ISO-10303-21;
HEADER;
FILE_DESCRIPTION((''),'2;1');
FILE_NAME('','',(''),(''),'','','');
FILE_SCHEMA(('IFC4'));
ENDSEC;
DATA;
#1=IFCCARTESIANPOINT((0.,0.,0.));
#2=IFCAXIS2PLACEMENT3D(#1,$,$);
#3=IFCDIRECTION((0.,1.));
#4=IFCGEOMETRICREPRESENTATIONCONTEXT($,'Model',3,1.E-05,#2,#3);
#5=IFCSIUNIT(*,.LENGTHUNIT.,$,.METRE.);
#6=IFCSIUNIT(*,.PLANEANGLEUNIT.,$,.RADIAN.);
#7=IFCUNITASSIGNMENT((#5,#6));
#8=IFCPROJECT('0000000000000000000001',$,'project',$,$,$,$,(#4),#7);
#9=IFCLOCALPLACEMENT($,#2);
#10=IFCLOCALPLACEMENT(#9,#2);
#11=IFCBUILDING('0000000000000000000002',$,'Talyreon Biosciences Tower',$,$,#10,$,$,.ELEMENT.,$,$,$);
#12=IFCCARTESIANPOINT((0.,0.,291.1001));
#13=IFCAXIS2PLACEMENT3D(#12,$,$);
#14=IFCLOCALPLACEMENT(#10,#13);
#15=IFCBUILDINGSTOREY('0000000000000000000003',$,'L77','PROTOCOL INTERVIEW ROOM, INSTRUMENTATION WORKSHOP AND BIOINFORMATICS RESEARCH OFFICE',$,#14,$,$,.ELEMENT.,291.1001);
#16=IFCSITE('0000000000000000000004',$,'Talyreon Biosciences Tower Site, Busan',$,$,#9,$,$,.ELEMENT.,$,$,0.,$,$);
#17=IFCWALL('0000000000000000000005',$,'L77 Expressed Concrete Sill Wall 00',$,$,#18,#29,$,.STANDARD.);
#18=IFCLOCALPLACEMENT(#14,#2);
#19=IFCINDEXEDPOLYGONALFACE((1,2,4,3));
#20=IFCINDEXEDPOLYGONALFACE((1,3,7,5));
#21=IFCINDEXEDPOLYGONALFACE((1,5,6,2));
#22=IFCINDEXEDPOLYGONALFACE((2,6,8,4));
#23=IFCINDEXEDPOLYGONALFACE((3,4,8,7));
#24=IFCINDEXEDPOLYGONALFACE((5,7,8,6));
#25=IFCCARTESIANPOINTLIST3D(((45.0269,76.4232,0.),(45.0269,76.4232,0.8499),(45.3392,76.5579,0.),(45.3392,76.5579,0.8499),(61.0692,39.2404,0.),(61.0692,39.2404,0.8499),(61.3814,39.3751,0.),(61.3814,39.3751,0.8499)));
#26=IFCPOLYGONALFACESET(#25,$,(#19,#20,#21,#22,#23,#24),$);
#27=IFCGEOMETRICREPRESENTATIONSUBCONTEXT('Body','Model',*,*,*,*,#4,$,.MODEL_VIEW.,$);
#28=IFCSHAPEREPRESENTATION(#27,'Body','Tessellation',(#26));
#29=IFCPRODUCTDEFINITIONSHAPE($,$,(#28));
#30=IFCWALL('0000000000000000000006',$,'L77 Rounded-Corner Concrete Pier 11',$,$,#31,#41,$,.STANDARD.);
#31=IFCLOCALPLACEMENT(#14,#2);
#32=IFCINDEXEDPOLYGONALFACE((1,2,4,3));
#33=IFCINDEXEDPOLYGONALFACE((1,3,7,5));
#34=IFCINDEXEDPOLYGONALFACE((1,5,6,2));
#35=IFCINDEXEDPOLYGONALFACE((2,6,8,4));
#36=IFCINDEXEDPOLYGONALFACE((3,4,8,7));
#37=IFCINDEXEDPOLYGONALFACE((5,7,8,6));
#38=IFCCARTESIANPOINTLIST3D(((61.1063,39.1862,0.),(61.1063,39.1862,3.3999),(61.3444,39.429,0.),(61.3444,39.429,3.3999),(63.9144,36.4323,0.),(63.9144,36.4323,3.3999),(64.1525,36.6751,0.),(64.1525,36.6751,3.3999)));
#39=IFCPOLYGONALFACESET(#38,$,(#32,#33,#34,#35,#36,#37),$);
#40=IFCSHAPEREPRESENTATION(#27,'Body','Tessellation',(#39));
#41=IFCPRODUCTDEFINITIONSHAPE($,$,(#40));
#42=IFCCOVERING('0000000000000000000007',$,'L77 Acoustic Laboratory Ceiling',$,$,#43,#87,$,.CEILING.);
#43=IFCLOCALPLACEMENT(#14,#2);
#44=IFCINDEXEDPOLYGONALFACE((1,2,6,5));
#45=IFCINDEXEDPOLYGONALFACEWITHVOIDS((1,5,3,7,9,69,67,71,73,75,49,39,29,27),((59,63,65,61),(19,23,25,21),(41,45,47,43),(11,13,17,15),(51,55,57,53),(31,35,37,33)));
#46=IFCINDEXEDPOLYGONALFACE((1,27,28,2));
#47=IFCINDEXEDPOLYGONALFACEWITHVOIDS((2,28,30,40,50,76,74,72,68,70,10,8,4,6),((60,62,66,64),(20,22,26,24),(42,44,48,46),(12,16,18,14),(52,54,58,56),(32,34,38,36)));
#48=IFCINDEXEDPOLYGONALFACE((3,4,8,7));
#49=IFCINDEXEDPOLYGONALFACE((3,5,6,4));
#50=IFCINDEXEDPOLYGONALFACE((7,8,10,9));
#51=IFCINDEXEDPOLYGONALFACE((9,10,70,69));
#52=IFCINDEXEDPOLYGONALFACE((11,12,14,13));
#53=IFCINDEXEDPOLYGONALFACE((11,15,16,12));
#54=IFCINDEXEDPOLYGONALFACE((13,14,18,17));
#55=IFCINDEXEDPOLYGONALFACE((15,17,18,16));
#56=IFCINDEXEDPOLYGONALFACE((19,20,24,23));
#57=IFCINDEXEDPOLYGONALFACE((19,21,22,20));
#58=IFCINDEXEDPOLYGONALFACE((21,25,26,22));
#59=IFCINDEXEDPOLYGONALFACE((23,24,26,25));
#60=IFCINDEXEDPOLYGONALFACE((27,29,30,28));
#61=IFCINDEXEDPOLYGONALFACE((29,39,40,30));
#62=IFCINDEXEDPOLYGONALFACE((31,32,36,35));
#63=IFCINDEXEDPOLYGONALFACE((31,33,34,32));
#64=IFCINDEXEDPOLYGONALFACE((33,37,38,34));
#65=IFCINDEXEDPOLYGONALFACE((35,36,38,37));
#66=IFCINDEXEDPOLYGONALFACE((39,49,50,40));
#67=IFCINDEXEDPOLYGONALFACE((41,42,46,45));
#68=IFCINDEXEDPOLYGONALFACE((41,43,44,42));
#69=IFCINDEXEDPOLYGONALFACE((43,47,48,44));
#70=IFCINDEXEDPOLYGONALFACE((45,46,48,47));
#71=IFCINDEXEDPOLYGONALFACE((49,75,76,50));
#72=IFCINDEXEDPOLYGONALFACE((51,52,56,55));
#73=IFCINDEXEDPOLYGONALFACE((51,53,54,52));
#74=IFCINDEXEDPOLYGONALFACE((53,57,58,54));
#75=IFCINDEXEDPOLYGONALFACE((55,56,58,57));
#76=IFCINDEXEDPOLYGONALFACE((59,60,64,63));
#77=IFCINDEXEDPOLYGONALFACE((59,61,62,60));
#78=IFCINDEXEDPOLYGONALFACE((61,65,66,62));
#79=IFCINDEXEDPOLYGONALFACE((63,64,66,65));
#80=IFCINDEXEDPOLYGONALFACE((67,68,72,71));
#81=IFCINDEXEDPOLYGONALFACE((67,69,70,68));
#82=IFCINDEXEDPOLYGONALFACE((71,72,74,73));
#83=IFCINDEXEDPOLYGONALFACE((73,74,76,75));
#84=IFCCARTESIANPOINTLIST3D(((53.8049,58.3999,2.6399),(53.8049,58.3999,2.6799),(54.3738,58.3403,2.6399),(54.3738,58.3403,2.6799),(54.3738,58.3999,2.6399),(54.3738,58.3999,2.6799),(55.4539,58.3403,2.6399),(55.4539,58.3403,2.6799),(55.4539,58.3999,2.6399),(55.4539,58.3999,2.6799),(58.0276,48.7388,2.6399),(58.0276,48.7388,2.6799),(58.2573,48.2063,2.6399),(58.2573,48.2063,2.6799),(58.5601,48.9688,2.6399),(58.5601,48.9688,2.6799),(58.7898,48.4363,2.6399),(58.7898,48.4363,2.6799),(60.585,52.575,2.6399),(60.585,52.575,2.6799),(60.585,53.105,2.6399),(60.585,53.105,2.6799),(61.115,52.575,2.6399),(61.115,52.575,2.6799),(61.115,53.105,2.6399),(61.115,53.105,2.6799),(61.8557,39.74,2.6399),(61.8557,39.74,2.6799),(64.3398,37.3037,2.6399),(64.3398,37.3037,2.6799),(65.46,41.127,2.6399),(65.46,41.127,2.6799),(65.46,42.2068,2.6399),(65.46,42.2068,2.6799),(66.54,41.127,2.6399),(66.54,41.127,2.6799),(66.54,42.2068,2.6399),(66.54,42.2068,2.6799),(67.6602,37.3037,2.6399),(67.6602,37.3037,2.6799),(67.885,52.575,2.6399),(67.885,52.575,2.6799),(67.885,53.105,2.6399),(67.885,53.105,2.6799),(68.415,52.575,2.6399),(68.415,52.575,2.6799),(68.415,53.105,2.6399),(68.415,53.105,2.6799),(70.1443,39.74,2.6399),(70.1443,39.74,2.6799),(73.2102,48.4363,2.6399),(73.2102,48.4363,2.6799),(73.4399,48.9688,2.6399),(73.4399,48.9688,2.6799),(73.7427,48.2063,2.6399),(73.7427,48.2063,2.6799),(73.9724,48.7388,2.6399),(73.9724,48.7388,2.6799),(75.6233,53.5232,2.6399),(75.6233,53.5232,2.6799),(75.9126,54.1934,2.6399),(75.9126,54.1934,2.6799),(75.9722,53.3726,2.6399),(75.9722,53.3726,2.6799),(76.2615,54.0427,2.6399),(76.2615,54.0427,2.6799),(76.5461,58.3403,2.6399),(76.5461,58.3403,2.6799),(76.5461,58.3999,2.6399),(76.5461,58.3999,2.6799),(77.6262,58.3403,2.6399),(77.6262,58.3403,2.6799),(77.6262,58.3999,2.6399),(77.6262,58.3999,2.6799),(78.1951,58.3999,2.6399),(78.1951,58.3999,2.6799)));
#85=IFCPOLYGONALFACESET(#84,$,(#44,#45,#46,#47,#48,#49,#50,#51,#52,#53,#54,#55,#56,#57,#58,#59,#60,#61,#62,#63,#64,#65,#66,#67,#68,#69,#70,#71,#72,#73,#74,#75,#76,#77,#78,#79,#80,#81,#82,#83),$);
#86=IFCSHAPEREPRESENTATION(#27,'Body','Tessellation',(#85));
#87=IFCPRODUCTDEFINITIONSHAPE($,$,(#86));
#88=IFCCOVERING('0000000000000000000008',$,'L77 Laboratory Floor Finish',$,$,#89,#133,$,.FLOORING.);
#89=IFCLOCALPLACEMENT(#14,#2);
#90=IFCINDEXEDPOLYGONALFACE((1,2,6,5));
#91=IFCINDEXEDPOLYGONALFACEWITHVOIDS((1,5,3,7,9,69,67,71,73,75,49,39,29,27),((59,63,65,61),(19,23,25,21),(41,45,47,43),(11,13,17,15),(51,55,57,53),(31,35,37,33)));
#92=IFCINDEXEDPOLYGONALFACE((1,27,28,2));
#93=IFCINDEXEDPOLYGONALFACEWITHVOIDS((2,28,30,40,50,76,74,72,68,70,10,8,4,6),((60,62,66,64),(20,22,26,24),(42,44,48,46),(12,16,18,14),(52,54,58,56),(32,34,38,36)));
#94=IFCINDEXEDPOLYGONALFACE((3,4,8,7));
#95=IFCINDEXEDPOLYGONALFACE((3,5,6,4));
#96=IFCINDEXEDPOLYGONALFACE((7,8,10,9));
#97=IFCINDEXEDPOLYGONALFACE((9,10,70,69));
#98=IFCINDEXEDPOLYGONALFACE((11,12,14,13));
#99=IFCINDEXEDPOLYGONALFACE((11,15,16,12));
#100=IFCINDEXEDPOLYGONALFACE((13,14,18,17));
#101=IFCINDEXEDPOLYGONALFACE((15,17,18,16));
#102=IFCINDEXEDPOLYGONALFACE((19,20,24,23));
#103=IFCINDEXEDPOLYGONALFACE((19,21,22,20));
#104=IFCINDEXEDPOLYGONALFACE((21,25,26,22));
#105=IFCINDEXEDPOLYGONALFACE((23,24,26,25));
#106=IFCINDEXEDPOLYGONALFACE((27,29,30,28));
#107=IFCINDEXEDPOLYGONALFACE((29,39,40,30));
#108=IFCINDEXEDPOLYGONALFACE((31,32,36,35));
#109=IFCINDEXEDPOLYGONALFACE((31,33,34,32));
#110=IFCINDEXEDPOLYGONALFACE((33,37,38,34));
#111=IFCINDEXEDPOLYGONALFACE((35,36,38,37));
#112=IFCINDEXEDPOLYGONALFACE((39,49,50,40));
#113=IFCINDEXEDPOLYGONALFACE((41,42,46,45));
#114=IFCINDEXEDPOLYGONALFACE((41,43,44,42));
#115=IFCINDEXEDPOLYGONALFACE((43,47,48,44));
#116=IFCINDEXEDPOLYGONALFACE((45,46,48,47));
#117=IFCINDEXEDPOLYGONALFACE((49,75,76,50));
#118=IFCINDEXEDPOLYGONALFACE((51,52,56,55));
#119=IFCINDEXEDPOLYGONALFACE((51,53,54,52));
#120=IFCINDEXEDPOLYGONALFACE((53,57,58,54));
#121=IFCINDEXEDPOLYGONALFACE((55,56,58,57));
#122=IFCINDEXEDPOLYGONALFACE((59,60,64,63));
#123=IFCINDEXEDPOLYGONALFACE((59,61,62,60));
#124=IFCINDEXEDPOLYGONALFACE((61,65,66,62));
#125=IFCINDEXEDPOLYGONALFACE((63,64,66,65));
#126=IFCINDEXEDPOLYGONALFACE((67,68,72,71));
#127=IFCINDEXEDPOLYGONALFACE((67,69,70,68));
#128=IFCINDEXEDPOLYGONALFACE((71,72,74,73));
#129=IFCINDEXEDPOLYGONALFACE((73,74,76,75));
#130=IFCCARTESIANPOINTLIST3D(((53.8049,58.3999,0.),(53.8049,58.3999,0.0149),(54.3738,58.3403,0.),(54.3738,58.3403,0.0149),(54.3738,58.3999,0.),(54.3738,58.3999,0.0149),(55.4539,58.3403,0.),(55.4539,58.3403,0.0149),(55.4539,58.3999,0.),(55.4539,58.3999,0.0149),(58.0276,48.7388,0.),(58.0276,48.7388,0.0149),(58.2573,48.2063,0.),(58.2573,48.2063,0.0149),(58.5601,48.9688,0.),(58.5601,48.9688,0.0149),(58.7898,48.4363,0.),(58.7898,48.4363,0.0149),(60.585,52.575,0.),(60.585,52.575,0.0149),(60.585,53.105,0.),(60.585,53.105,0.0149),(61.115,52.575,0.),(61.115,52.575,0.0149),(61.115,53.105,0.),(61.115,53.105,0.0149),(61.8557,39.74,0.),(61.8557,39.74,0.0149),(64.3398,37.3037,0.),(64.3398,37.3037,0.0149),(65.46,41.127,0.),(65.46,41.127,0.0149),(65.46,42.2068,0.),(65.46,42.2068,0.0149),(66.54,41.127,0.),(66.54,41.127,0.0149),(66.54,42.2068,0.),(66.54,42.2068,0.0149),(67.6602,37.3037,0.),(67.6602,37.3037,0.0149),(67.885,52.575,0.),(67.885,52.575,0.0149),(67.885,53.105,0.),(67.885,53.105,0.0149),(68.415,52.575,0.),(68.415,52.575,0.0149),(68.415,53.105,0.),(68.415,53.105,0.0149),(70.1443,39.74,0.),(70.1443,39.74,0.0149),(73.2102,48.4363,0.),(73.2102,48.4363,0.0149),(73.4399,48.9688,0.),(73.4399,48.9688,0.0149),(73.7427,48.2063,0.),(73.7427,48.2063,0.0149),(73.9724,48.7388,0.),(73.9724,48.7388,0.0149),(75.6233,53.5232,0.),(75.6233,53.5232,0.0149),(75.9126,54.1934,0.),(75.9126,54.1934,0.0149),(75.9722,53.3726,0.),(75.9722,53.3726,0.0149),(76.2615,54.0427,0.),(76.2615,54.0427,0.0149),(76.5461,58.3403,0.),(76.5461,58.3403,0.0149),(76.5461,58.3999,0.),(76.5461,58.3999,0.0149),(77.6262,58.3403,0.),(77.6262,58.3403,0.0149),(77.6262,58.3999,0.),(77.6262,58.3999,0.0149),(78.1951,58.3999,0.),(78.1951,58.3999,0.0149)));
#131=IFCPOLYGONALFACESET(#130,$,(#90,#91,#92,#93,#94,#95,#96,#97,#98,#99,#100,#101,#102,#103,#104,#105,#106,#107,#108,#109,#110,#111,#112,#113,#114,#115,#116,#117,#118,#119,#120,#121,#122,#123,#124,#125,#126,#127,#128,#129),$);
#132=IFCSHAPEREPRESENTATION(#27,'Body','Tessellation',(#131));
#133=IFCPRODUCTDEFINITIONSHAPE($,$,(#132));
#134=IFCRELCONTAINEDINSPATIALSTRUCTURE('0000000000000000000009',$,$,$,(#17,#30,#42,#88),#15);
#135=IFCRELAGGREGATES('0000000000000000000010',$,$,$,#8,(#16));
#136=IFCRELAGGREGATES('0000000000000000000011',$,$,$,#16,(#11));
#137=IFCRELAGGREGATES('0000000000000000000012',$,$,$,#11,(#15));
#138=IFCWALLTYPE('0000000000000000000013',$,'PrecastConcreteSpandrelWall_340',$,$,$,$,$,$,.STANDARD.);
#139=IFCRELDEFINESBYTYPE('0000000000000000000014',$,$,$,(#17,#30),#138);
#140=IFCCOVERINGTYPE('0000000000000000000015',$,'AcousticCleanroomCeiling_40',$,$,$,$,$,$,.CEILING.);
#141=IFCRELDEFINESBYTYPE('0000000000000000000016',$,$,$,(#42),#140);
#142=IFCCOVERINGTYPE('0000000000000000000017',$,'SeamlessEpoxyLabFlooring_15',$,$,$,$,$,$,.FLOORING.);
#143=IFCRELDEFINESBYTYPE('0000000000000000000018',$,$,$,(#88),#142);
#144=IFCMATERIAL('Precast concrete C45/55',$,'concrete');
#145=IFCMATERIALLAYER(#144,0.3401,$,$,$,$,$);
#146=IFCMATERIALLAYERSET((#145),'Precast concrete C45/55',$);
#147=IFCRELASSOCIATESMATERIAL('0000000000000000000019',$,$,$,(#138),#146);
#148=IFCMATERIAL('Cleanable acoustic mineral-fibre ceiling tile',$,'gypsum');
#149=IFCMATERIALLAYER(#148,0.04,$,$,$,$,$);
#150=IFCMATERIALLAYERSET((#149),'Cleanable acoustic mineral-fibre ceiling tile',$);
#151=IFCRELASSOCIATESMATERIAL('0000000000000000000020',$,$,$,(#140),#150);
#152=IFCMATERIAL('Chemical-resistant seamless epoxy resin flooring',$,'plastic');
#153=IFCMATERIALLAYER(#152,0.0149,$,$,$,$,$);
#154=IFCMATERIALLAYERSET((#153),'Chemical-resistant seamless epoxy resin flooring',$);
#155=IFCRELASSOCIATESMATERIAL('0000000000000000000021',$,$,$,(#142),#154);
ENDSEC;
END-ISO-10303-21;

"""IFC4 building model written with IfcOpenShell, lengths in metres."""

from ifc_helpers import new_model, si_unit, direction, frame, frame_2d, origin, place, context, subcontext, project, spatial, polyline, rectangle, outline, extrude, material, layer, layer_set, type_object, element, save


model = new_model("IFC4")

# Units and contexts
model_context = context("Model", 3, precision=1e-05, world=origin(), true_north=direction((0.0, 1.0)))
body_context = subcontext(model_context, "Body", "Model", "MODEL_VIEW")
ifc_project = project(units=[si_unit("LENGTHUNIT", "METRE"), si_unit("PLANEANGLEUNIT", "RADIAN")], contexts=[model_context])

# Site, building, storey
site_placement = place(None, origin())
site = spatial("IfcSite", under=ifc_project, at=site_placement, Name="Talyreon Biosciences Tower Site, Busan", CompositionType="ELEMENT", RefElevation=0.0)
building_placement = place(site_placement, origin())
building = spatial("IfcBuilding", under=site, at=building_placement, Name="Talyreon Biosciences Tower", CompositionType="ELEMENT")
storey_placement = place(building_placement, frame((0.0, 0.0, 291.1001)))
storey = spatial("IfcBuildingStorey", under=building, at=storey_placement, Name="L77", Description="PROTOCOL INTERVIEW ROOM, INSTRUMENTATION WORKSHOP AND BIOINFORMATICS RESEARCH OFFICE", CompositionType="ELEMENT", Elevation=291.1001)

# Shared definitions
ifc_material_1 = material(Name="Precast concrete C45/55", Category="concrete")

# Walls
ifc_layer_1 = layer(ifc_material_1, 0.3401)
ifc_layer_set_1 = layer_set([ifc_layer_1], Name="Precast concrete C45/55")
wall_type = type_object("IfcWallType", Name="PrecastConcreteSpandrelWall_340", PredefinedType="STANDARD", material=ifc_layer_set_1)
wall_1_placement = place(storey_placement, frame((61.2253, 39.3076, 0.0), z_axis=(0.0, 0.0, 1.0), x_axis=(-0.396145, 0.918188, 0.0)))
element("IfcWall", 1, at=wall_1_placement, inside=storey, type_object=wall_type, Name="L77 Expressed Concrete Sill Wall 00", PredefinedType="STANDARD", context=body_context, shape_type="SweptSolid", body=[
    extrude(rectangle(XDim=40.4958, YDim=0.3401, at=frame_2d((20.248, 0.0))), origin(), (0.0, 0.0, 1.0), 0.8499),
])
wall_2_placement = place(storey_placement, frame((64.0334, 36.5537, 0.0), z_axis=(0.0, 0.0, 1.0), x_axis=(-0.713963, 0.700183, 0.0)))
element("IfcWall", 2, at=wall_2_placement, inside=storey, type_object=wall_type, Name="L77 Rounded-Corner Concrete Pier 11", PredefinedType="STANDARD", context=body_context, shape_type="SweptSolid", body=[
    extrude(rectangle(XDim=3.9331, YDim=0.3401, at=frame_2d((1.9666, 0.0))), origin(), (0.0, 0.0, 1.0), 3.3999),
])

# Coverings
ifc_material_2 = material(Name="Cleanable acoustic mineral-fibre ceiling tile", Category="gypsum")
ifc_layer_2 = layer(ifc_material_2, 0.04)
ifc_layer_set_2 = layer_set([ifc_layer_2], Name="Cleanable acoustic mineral-fibre ceiling tile")
covering_type_1 = type_object("IfcCoveringType", Name="AcousticCleanroomCeiling_40", PredefinedType="CEILING", material=ifc_layer_set_2)
covering_1_placement = place(storey_placement, frame((0.0, 0.0, 2.6399)))
element("IfcCovering", 3, at=covering_1_placement, inside=storey, type_object=covering_type_1, Name="L77 Acoustic Laboratory Ceiling", PredefinedType="CEILING", context=body_context, shape_type="SweptSolid", body=[
    extrude(outline(polyline([(54.3738, 58.3999), (54.3738, 58.3403), (55.4539, 58.3403), (55.4539, 58.3999), (76.5461, 58.3999), (76.5461, 58.3403), (77.6262, 58.3403), (77.6262, 58.3999), (78.1951, 58.3999), (70.1443, 39.74), (67.6602, 37.3037), (64.3398, 37.3037), (61.8557, 39.74), (53.8049, 58.3999), (54.3738, 58.3999)]), holes=[polyline([(66.54, 41.127), (66.54, 42.2068), (65.46, 42.2068), (65.46, 41.127), (66.54, 41.127)]), polyline([(58.2573, 48.2063), (58.7898, 48.4363), (58.5601, 48.9688), (58.0276, 48.7388), (58.2573, 48.2063)]), polyline([(61.115, 52.575), (61.115, 53.105), (60.585, 53.105), (60.585, 52.575), (61.115, 52.575)]), polyline([(73.9724, 48.7388), (73.4399, 48.9688), (73.2102, 48.4363), (73.7427, 48.2063), (73.9724, 48.7388)]), polyline([(68.415, 52.575), (68.415, 53.105), (67.885, 53.105), (67.885, 52.575), (68.415, 52.575)]), polyline([(75.9722, 53.3726), (76.2615, 54.0427), (75.9126, 54.1934), (75.6233, 53.5232), (75.9722, 53.3726)])]), origin(), (0.0, 0.0, 1.0), 0.04),
])
ifc_material_3 = material(Name="Chemical-resistant seamless epoxy resin flooring", Category="plastic")
ifc_layer_3 = layer(ifc_material_3, 0.0149)
ifc_layer_set_3 = layer_set([ifc_layer_3], Name="Chemical-resistant seamless epoxy resin flooring")
covering_type_2 = type_object("IfcCoveringType", Name="SeamlessEpoxyLabFlooring_15", PredefinedType="FLOORING", material=ifc_layer_set_3)
covering_2_placement = place(storey_placement, origin())
element("IfcCovering", 4, at=covering_2_placement, inside=storey, type_object=covering_type_2, Name="L77 Laboratory Floor Finish", PredefinedType="FLOORING", context=body_context, shape_type="SweptSolid", body=[
    extrude(outline(polyline([(54.3738, 58.3999), (54.3738, 58.3403), (55.4539, 58.3403), (55.4539, 58.3999), (76.5461, 58.3999), (76.5461, 58.3403), (77.6262, 58.3403), (77.6262, 58.3999), (78.1951, 58.3999), (70.1443, 39.74), (67.6602, 37.3037), (64.3398, 37.3037), (61.8557, 39.74), (53.8049, 58.3999), (54.3738, 58.3999)]), holes=[polyline([(66.54, 41.127), (66.54, 42.2068), (65.46, 42.2068), (65.46, 41.127), (66.54, 41.127)]), polyline([(58.2573, 48.2063), (58.7898, 48.4363), (58.5601, 48.9688), (58.0276, 48.7388), (58.2573, 48.2063)]), polyline([(61.115, 52.575), (61.115, 53.105), (60.585, 53.105), (60.585, 52.575), (61.115, 52.575)]), polyline([(73.9724, 48.7388), (73.4399, 48.9688), (73.2102, 48.4363), (73.7427, 48.2063), (73.9724, 48.7388)]), polyline([(68.415, 52.575), (68.415, 53.105), (67.885, 53.105), (67.885, 52.575), (68.415, 52.575)]), polyline([(75.9722, 53.3726), (76.2615, 54.0427), (75.9126, 54.1934), (75.6233, 53.5232), (75.9722, 53.3726)])]), origin(), (0.0, 0.0, 1.0), 0.0149),
])

save(model, "model.ifc")
